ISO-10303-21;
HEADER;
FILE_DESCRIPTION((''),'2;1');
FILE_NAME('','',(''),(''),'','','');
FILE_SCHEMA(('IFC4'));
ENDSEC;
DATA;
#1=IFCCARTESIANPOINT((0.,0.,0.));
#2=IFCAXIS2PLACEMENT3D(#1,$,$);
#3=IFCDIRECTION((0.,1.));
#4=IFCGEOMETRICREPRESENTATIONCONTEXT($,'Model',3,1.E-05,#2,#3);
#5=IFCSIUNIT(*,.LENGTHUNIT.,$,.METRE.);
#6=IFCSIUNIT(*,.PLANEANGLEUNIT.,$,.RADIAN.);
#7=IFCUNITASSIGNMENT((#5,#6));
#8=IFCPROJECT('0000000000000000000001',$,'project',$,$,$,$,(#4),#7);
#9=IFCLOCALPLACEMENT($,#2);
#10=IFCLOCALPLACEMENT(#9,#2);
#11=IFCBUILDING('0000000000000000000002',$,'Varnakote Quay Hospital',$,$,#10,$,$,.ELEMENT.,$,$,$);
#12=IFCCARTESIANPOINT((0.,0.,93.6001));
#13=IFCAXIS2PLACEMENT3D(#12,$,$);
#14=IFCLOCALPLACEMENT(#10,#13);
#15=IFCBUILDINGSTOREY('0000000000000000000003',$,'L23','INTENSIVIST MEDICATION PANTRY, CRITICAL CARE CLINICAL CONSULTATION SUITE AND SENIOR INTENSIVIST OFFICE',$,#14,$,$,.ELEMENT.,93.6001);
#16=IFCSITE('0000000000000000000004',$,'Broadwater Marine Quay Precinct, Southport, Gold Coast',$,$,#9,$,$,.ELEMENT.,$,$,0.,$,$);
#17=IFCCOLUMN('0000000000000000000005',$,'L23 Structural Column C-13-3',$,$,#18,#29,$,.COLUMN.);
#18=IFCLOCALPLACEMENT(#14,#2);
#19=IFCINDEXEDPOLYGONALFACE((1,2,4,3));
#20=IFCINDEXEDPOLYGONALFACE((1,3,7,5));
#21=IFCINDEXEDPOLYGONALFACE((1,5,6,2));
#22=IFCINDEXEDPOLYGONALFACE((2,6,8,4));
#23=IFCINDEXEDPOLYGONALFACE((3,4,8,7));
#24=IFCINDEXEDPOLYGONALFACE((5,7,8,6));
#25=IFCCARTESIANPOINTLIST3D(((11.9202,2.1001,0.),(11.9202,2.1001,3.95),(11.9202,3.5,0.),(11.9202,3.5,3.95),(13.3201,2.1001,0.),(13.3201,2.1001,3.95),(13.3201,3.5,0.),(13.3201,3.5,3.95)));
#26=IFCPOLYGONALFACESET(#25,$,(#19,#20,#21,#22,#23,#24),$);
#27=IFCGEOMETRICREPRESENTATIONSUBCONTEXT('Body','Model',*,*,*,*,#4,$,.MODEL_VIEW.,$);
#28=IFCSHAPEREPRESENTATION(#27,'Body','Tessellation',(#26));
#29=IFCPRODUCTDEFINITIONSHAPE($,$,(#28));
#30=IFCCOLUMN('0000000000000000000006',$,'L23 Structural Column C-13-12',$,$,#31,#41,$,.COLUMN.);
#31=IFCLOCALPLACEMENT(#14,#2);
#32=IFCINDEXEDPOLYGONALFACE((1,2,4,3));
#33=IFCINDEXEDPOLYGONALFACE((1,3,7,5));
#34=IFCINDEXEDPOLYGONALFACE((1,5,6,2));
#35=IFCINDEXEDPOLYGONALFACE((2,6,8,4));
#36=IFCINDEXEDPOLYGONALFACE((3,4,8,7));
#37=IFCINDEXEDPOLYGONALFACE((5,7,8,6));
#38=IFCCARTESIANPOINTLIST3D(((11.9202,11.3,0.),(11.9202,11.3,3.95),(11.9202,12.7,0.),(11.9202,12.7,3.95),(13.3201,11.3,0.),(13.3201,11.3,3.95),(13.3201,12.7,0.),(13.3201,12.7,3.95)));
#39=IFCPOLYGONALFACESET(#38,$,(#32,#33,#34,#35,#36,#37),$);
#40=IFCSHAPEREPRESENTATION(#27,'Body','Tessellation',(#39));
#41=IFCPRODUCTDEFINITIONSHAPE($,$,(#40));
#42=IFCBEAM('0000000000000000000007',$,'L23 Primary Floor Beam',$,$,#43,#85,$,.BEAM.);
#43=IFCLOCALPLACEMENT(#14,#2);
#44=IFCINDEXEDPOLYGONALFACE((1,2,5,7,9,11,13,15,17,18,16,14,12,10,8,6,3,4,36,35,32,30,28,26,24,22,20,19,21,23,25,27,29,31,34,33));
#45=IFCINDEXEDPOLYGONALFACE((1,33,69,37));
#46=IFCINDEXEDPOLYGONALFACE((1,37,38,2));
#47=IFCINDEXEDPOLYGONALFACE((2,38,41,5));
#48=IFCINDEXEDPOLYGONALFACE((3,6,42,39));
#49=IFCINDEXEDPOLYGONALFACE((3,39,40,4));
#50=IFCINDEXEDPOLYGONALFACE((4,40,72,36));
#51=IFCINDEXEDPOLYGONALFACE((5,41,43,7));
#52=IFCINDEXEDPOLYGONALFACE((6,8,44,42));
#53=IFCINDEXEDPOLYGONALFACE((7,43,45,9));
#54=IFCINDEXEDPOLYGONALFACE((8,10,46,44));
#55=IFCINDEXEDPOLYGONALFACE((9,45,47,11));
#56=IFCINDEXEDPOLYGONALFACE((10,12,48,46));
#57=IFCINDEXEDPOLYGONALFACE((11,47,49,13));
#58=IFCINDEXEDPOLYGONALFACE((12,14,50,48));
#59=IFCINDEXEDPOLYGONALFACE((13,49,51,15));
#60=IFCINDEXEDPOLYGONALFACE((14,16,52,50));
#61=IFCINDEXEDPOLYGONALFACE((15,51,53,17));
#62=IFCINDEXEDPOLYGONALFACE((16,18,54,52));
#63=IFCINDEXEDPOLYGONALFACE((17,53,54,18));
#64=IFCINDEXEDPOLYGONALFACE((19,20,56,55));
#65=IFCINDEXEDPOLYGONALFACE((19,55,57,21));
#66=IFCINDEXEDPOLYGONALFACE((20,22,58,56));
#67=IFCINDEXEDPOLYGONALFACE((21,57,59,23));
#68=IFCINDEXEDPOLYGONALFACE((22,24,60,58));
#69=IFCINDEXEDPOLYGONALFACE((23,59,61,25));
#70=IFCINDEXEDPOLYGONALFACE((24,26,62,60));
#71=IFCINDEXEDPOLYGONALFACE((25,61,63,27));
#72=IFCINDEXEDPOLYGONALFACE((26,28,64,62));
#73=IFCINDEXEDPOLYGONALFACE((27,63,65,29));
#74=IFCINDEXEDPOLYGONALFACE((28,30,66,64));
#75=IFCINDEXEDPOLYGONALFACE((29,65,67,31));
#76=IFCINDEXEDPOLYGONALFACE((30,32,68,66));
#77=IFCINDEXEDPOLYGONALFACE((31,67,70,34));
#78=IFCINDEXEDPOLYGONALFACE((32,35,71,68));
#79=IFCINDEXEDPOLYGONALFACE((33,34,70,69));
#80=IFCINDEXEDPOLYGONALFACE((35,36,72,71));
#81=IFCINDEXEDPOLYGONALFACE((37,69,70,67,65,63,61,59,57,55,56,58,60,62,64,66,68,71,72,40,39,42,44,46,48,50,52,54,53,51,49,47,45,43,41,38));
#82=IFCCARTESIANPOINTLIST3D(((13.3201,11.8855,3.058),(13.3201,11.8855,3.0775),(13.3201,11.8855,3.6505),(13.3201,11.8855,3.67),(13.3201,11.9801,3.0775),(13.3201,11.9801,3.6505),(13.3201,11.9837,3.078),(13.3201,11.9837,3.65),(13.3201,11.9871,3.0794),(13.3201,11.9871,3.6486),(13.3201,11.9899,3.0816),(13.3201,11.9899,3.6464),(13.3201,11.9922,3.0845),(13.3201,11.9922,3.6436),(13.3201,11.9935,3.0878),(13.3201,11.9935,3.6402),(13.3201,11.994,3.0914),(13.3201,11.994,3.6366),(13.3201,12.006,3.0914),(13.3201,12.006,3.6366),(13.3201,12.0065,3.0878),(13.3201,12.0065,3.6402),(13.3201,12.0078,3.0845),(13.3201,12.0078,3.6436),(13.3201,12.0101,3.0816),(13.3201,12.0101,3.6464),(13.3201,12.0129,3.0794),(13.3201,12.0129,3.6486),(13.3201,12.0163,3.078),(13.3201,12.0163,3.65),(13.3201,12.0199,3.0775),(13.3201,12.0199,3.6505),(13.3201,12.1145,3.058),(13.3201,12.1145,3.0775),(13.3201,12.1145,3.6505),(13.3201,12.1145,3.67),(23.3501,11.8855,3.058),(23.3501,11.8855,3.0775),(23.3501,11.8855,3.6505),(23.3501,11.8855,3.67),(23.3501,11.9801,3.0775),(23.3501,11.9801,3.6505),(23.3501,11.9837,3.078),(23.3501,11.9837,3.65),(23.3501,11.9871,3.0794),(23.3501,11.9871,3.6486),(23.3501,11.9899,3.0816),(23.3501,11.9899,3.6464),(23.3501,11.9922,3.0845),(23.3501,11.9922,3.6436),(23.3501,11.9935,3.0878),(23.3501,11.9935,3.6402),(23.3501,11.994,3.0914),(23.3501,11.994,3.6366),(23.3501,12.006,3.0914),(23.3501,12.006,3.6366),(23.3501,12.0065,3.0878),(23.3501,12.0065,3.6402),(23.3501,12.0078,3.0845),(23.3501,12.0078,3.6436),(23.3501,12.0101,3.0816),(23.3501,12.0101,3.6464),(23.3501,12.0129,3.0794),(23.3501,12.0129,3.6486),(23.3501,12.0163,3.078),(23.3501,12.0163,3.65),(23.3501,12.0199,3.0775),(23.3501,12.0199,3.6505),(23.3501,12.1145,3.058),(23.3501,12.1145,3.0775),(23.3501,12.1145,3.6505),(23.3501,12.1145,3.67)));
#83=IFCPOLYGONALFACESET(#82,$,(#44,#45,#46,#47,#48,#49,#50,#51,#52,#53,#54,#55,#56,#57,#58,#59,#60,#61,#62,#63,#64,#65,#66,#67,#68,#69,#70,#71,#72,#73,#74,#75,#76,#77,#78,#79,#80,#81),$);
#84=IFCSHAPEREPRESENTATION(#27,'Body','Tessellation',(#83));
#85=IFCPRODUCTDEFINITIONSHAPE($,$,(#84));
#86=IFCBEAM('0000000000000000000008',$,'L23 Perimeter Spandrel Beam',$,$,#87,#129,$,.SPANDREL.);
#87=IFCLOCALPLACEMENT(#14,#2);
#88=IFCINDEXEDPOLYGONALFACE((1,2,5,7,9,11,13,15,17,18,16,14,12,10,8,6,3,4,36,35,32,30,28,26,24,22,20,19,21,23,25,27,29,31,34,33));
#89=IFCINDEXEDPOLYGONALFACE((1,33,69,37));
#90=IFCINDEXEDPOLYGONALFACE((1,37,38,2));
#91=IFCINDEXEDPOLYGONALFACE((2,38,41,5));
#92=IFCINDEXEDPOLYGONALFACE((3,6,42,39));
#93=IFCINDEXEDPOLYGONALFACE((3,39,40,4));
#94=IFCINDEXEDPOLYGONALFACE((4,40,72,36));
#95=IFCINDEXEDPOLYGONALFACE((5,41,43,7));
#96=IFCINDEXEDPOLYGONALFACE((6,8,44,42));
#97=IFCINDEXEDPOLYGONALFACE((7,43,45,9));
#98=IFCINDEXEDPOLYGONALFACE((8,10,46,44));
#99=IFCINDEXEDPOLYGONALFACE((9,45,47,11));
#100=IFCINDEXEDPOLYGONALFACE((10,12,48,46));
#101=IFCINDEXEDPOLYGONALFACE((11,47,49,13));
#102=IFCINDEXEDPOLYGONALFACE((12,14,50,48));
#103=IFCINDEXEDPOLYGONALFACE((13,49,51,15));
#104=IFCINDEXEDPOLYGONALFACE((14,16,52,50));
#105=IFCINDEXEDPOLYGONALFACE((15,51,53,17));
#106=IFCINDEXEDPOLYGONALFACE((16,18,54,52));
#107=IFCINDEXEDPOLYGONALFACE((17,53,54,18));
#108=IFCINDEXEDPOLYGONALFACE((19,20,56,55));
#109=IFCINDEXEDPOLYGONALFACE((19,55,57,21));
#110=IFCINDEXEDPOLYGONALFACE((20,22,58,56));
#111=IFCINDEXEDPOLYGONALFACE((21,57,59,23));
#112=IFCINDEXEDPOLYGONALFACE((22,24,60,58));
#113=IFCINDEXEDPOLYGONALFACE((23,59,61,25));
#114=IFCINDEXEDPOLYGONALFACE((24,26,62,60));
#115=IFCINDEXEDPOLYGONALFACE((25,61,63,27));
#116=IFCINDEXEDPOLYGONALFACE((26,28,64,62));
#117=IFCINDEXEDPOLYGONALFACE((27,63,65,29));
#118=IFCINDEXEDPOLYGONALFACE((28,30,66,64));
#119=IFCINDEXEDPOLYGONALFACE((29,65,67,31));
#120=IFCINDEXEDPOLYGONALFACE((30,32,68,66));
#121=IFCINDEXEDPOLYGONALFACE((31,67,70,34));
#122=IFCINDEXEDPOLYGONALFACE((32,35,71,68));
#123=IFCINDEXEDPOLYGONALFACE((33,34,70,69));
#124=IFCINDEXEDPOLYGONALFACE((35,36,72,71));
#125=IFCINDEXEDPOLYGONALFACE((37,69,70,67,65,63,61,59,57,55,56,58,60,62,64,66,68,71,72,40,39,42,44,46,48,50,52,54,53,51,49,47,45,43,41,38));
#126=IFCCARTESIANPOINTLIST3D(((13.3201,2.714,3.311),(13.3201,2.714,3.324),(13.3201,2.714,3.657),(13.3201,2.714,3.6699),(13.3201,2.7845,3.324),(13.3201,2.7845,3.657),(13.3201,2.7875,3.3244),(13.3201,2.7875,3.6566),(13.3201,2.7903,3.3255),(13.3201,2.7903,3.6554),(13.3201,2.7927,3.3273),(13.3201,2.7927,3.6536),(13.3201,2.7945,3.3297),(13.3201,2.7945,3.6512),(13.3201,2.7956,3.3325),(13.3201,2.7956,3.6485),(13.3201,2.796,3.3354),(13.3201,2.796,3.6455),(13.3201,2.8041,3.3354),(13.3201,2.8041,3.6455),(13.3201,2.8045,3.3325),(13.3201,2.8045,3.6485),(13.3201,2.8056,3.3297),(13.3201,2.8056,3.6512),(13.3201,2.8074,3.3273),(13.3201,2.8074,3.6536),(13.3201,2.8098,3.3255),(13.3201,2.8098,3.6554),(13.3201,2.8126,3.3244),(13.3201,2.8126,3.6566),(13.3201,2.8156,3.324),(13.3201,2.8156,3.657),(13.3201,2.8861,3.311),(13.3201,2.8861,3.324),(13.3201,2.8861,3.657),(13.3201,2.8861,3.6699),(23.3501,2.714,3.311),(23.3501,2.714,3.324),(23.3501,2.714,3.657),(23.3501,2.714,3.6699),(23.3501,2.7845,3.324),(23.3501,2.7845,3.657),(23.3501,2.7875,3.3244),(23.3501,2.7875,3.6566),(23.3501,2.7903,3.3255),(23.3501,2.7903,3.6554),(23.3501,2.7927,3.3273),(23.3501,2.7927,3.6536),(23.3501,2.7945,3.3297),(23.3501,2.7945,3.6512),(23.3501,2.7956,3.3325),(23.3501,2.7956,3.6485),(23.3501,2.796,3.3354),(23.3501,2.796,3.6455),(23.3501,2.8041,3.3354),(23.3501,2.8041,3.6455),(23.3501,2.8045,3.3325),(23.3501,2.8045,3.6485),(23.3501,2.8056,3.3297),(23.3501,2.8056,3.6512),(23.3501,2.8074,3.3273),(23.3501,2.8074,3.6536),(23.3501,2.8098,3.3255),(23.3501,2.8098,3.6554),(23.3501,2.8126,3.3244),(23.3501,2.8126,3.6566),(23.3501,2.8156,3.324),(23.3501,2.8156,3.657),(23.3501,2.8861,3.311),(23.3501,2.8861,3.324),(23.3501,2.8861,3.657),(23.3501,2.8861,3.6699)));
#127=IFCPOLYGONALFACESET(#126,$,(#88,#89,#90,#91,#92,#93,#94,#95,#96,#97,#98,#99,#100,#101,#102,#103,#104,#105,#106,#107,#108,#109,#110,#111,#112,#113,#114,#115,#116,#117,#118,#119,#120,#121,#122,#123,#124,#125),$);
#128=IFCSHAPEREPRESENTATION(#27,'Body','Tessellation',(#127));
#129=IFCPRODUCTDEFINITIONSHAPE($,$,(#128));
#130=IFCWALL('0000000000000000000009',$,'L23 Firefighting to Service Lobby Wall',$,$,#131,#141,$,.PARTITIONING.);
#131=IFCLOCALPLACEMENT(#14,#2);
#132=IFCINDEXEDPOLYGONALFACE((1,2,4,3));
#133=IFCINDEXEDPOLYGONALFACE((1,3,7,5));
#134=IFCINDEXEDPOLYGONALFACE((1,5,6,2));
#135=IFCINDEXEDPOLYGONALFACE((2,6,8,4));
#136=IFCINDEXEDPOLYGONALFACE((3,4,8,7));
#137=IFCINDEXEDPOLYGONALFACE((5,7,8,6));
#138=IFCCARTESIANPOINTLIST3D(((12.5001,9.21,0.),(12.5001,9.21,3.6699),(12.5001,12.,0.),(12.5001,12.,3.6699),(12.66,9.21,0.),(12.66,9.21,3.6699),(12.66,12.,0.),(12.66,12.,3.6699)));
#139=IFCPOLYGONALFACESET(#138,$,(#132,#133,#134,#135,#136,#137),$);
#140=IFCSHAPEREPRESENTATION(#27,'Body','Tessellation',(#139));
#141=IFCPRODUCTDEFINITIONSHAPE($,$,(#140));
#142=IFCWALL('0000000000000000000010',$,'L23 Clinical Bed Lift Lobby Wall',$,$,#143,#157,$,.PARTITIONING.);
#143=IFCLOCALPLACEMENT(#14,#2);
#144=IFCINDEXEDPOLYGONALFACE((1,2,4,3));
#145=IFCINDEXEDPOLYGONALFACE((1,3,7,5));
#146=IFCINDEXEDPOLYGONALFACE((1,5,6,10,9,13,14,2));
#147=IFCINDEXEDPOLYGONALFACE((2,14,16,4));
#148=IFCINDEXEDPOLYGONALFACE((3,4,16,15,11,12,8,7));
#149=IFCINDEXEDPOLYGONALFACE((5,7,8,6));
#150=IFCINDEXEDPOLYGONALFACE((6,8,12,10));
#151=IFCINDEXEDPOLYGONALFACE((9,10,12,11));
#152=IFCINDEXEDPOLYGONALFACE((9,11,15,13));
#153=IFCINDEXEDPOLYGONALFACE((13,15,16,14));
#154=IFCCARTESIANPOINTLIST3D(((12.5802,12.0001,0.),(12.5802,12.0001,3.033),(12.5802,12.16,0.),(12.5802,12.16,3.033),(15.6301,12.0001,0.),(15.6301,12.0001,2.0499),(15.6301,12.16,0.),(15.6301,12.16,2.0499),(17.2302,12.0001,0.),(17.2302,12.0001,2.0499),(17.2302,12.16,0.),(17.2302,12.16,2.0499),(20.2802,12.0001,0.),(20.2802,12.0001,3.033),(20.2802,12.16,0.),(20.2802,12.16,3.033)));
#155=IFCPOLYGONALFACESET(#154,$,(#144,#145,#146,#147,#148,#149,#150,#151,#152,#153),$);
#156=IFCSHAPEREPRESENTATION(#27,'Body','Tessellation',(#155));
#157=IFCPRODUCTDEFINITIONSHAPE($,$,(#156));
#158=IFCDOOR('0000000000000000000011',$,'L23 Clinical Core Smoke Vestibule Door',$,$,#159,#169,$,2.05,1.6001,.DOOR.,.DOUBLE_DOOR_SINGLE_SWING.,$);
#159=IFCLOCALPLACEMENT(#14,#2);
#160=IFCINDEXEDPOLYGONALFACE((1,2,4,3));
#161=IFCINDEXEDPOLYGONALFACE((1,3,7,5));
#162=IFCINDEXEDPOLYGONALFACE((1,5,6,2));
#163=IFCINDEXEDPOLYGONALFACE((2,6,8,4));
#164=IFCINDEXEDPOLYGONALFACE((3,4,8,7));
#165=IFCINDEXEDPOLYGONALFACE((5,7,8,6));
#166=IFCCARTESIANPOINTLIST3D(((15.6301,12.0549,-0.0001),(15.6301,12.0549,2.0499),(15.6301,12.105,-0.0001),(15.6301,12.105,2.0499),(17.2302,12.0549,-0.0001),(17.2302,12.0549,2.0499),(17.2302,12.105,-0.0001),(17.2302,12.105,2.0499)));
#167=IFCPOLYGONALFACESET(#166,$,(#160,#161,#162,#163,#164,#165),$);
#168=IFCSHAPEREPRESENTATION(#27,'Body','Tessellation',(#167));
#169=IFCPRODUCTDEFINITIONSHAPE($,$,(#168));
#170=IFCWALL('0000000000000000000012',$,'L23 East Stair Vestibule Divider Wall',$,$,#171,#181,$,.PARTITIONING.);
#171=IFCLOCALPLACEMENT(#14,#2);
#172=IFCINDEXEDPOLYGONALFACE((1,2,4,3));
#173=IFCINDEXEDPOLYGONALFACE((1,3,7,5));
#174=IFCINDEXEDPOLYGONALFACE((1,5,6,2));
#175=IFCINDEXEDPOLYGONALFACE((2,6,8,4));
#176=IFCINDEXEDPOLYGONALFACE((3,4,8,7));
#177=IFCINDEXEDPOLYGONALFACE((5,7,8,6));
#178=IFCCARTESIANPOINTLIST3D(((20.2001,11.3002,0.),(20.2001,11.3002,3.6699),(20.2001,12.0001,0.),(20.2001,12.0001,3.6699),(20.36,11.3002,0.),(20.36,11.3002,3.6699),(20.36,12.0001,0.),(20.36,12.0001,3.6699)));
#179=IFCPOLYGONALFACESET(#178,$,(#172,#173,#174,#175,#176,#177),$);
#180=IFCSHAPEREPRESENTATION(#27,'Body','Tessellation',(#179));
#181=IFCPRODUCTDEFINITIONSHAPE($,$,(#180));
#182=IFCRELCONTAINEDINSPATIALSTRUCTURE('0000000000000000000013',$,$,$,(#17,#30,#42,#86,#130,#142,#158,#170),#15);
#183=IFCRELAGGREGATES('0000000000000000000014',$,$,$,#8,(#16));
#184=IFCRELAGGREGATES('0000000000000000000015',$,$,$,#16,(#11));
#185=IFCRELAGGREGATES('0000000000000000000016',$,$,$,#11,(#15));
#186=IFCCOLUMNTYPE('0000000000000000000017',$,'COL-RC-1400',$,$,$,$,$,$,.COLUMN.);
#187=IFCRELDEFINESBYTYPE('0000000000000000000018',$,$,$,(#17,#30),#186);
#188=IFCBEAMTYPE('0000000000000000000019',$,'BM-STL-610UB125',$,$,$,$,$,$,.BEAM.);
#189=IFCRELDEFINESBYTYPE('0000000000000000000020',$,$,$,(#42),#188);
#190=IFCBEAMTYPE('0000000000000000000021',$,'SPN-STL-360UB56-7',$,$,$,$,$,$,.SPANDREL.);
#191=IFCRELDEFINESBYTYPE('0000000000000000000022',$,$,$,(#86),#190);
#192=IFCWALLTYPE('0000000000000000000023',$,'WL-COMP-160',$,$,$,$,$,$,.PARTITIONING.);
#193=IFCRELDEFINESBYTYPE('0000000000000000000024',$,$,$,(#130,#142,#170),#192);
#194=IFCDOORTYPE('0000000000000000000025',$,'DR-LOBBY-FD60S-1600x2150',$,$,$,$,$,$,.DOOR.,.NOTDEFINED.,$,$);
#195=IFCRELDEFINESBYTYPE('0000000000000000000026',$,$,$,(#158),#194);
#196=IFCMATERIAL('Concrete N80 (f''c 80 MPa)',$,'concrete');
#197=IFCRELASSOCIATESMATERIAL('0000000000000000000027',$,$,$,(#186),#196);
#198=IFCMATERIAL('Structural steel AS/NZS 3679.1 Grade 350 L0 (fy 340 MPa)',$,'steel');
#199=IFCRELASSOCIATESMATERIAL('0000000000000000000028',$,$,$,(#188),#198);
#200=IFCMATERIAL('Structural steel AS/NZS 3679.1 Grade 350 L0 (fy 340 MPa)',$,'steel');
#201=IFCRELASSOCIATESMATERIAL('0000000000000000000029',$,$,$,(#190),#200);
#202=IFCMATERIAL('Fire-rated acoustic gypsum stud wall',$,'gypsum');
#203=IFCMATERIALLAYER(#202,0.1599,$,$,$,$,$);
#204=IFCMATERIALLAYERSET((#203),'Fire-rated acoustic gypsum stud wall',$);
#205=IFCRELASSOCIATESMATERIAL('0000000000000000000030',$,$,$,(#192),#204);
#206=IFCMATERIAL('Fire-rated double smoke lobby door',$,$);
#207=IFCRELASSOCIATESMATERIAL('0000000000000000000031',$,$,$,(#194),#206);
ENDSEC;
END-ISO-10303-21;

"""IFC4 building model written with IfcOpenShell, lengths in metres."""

from ifc_helpers import new_model, si_unit, direction, frame, frame_2d, origin, origin_2d, place, context, subcontext, project, spatial, rectangle, i_section, extrude, material, layer, layer_set, material_profile, profile_set, type_object, element, fill, save


model = new_model("IFC4")

# Units and contexts
model_context = context("Model", 3, precision=1e-05, world=origin(), true_north=direction((0.0, 1.0)))
body_context = subcontext(model_context, "Body", "Model", "MODEL_VIEW")
ifc_project = project(units=[si_unit("LENGTHUNIT", "METRE"), si_unit("PLANEANGLEUNIT", "RADIAN")], contexts=[model_context])

# Site, building, storey
site_placement = place(None, origin())
site = spatial("IfcSite", under=ifc_project, at=site_placement, Name="Broadwater Marine Quay Precinct, Southport, Gold Coast", CompositionType="ELEMENT", RefElevation=0.0)
building_placement = place(site_placement, origin())
building = spatial("IfcBuilding", under=site, at=building_placement, Name="Varnakote Quay Hospital", CompositionType="ELEMENT")
storey_placement = place(building_placement, frame((0.0, 0.0, 93.6001)))
storey = spatial("IfcBuildingStorey", under=building, at=storey_placement, Name="L23", Description="INTENSIVIST MEDICATION PANTRY, CRITICAL CARE CLINICAL CONSULTATION SUITE AND SENIOR INTENSIVIST OFFICE", CompositionType="ELEMENT", Elevation=93.6001)

# Columns
ifc_material_1 = material(Name="Concrete N80 (f'c 80 MPa)", Category="concrete")
ifc_material_profile_1 = material_profile(ifc_material_1, rectangle(XDim=1.3999, YDim=1.3999, at=origin_2d()), Name="RC-COL-1400x1400")
ifc_profile_set_1 = profile_set([ifc_material_profile_1], Name="Concrete N80 (f'c 80 MPa)")
column_type = type_object("IfcColumnType", Name="COL-RC-1400", PredefinedType="COLUMN", material=ifc_profile_set_1)
for number, where, z_axis, x_axis, name in (
    (1, (12.6201, 2.8, 0.0), (0.0, 0.0, 1.0), (1.0, 0.0, 0.0), "L23 Structural Column C-13-3"),
    (2, (12.6201, 12.0, 0.0), (0.0, 0.0, 1.0), (1.0, 0.0, 0.0), "L23 Structural Column C-13-12"),
):
    element("IfcColumn", number, at=place(storey_placement, frame(where, z_axis=z_axis, x_axis=x_axis)), inside=storey, type_object=column_type, Name=name, PredefinedType="COLUMN", context=body_context, shape_type="SweptSolid", body=[
        extrude(rectangle(XDim=1.3999, YDim=1.3999, at=origin_2d()), origin(), (0.0, 0.0, 1.0), 3.95),
    ])

# Beams
ifc_material_2 = material(Name="Structural steel AS/NZS 3679.1 Grade 350 L0 (fy 340 MPa)", Category="steel")
ifc_material_profile_2 = material_profile(ifc_material_2, i_section(OverallWidth=0.229, OverallDepth=0.6121, WebThickness=0.012, FlangeThickness=0.0195, FilletRadius=0.0139, at=origin_2d()), Name="610UB125")
ifc_profile_set_2 = profile_set([ifc_material_profile_2], Name="Structural steel AS/NZS 3679.1 Grade 350 L0 (fy 340 MPa)")
beam_type_1 = type_object("IfcBeamType", Name="BM-STL-610UB125", PredefinedType="BEAM", material=ifc_profile_set_2)
beam_1_placement = place(storey_placement, frame((13.3201, 12.0, 3.364), z_axis=(1.0, 0.0, 0.0), x_axis=(0.0, 1.0, 0.0)))
element("IfcBeam", 3, at=beam_1_placement, inside=storey, type_object=beam_type_1, Name="L23 Primary Floor Beam", PredefinedType="BEAM", context=body_context, shape_type="SweptSolid", body=[
    extrude(i_section(OverallWidth=0.229, OverallDepth=0.6121, WebThickness=0.012, FlangeThickness=0.0195, FilletRadius=0.0139, at=origin_2d()), origin(), (0.0, 0.0, 1.0), 10.03),
])
ifc_material_3 = material(Name="Structural steel AS/NZS 3679.1 Grade 350 L0 (fy 340 MPa)", Category="steel")
ifc_material_profile_3 = material_profile(ifc_material_3, i_section(OverallWidth=0.1721, OverallDepth=0.3589, WebThickness=0.0081, FlangeThickness=0.0129, FilletRadius=0.0115, at=origin_2d()), Name="360UB56.7")
ifc_profile_set_3 = profile_set([ifc_material_profile_3], Name="Structural steel AS/NZS 3679.1 Grade 350 L0 (fy 340 MPa)")
beam_type_2 = type_object("IfcBeamType", Name="SPN-STL-360UB56-7", PredefinedType="SPANDREL", material=ifc_profile_set_3)
beam_2_placement = place(storey_placement, frame((13.3201, 2.8, 3.4905), z_axis=(1.0, 0.0, 0.0), x_axis=(0.0, 1.0, 0.0)))
element("IfcBeam", 4, at=beam_2_placement, inside=storey, type_object=beam_type_2, Name="L23 Perimeter Spandrel Beam", PredefinedType="SPANDREL", context=body_context, shape_type="SweptSolid", body=[
    extrude(i_section(OverallWidth=0.1721, OverallDepth=0.3589, WebThickness=0.0081, FlangeThickness=0.0129, FilletRadius=0.0115, at=origin_2d()), origin(), (0.0, 0.0, 1.0), 10.03),
])

# Wall
ifc_material_4 = material(Name="Fire-rated acoustic gypsum stud wall", Category="gypsum")
ifc_layer_1 = layer(ifc_material_4, 0.1599)
ifc_layer_set_1 = layer_set([ifc_layer_1], Name="Fire-rated acoustic gypsum stud wall")
wall_type_1 = type_object("IfcWallType", Name="WL-COMP-160", PredefinedType="PARTITIONING", material=ifc_layer_set_1)
wall_1_placement = place(storey_placement, frame((12.5801, 9.21, 0.0), z_axis=(0.0, 0.0, 1.0), x_axis=(0.0, 1.0, 0.0)))
element("IfcWall", 5, at=wall_1_placement, inside=storey, type_object=wall_type_1, Name="L23 Firefighting to Service Lobby Wall", PredefinedType="PARTITIONING", context=body_context, shape_type="SweptSolid", body=[
    extrude(rectangle(XDim=2.79, YDim=0.1599, at=frame_2d((1.395, 0.0))), origin(), (0.0, 0.0, 1.0), 3.6699),
])

# Wall, opening, door
wall_2_placement = place(storey_placement, frame((12.5801, 12.0801, 0.0), z_axis=(0.0, 0.0, 1.0), x_axis=(1.0, 0.0, 0.0)))
wall_2 = element("IfcWall", 6, at=wall_2_placement, inside=storey, type_object=wall_type_1, Name="L23 Clinical Bed Lift Lobby Wall", PredefinedType="PARTITIONING", context=body_context, shape_type="SweptSolid", body=[
    extrude(rectangle(XDim=7.7, YDim=0.1599, at=frame_2d((3.8501, 0.0))), origin(), (0.0, 0.0, 1.0), 3.033),
])
opening_1_placement = place(wall_2_placement, frame((3.05, 0.0, 0.0)))
opening_1 = element("IfcOpeningElement", 7, at=opening_1_placement, cuts=wall_2, PredefinedType="OPENING", context=body_context, shape_type="SweptSolid", body=[
    extrude(rectangle(XDim=1.6001, YDim=2.05, at=frame_2d((0.8, 1.0249))), frame((0.0, 0.0898, 0.0), z_axis=(0.0, -1.0, 0.0), x_axis=(1.0, 0.0, 0.0)), (0.0, 0.0, 1.0), 0.1799),
])
ifc_material_5 = material(Name="Fire-rated double smoke lobby door")
door_type_1 = type_object("IfcDoorType", Name="DR-LOBBY-FD60S-1600x2150", OperationType="NOTDEFINED", PredefinedType="DOOR", material=ifc_material_5)
door_1_placement = place(opening_1_placement, origin())
door_1 = element("IfcDoor", 8, at=door_1_placement, inside=storey, type_object=door_type_1, Name="L23 Clinical Core Smoke Vestibule Door", OperationType="DOUBLE_DOOR_SINGLE_SWING", OverallHeight=2.05, OverallWidth=1.6001, PredefinedType="DOOR", context=body_context, shape_type="SweptSolid", body=[
    extrude(rectangle(XDim=1.6001, YDim=2.05, at=frame_2d((0.8, 1.0249))), frame((0.0, 0.0249, 0.0), z_axis=(0.0, -1.0, 0.0), x_axis=(1.0, 0.0, 0.0)), (0.0, 0.0, 1.0), 0.05),
])
fill(opening_1, door_1)

# Wall
wall_3_placement = place(storey_placement, frame((20.28, 11.3, 0.0), z_axis=(0.0, 0.0, 1.0), x_axis=(0.0, 1.0, 0.0)))
element("IfcWall", 9, at=wall_3_placement, inside=storey, type_object=wall_type_1, Name="L23 East Stair Vestibule Divider Wall", PredefinedType="PARTITIONING", context=body_context, shape_type="SweptSolid", body=[
    extrude(rectangle(XDim=0.7, YDim=0.1599, at=frame_2d((0.3501, 0.0))), origin(), (0.0, 0.0, 1.0), 3.6699),
])

save(model, "model.ifc")
